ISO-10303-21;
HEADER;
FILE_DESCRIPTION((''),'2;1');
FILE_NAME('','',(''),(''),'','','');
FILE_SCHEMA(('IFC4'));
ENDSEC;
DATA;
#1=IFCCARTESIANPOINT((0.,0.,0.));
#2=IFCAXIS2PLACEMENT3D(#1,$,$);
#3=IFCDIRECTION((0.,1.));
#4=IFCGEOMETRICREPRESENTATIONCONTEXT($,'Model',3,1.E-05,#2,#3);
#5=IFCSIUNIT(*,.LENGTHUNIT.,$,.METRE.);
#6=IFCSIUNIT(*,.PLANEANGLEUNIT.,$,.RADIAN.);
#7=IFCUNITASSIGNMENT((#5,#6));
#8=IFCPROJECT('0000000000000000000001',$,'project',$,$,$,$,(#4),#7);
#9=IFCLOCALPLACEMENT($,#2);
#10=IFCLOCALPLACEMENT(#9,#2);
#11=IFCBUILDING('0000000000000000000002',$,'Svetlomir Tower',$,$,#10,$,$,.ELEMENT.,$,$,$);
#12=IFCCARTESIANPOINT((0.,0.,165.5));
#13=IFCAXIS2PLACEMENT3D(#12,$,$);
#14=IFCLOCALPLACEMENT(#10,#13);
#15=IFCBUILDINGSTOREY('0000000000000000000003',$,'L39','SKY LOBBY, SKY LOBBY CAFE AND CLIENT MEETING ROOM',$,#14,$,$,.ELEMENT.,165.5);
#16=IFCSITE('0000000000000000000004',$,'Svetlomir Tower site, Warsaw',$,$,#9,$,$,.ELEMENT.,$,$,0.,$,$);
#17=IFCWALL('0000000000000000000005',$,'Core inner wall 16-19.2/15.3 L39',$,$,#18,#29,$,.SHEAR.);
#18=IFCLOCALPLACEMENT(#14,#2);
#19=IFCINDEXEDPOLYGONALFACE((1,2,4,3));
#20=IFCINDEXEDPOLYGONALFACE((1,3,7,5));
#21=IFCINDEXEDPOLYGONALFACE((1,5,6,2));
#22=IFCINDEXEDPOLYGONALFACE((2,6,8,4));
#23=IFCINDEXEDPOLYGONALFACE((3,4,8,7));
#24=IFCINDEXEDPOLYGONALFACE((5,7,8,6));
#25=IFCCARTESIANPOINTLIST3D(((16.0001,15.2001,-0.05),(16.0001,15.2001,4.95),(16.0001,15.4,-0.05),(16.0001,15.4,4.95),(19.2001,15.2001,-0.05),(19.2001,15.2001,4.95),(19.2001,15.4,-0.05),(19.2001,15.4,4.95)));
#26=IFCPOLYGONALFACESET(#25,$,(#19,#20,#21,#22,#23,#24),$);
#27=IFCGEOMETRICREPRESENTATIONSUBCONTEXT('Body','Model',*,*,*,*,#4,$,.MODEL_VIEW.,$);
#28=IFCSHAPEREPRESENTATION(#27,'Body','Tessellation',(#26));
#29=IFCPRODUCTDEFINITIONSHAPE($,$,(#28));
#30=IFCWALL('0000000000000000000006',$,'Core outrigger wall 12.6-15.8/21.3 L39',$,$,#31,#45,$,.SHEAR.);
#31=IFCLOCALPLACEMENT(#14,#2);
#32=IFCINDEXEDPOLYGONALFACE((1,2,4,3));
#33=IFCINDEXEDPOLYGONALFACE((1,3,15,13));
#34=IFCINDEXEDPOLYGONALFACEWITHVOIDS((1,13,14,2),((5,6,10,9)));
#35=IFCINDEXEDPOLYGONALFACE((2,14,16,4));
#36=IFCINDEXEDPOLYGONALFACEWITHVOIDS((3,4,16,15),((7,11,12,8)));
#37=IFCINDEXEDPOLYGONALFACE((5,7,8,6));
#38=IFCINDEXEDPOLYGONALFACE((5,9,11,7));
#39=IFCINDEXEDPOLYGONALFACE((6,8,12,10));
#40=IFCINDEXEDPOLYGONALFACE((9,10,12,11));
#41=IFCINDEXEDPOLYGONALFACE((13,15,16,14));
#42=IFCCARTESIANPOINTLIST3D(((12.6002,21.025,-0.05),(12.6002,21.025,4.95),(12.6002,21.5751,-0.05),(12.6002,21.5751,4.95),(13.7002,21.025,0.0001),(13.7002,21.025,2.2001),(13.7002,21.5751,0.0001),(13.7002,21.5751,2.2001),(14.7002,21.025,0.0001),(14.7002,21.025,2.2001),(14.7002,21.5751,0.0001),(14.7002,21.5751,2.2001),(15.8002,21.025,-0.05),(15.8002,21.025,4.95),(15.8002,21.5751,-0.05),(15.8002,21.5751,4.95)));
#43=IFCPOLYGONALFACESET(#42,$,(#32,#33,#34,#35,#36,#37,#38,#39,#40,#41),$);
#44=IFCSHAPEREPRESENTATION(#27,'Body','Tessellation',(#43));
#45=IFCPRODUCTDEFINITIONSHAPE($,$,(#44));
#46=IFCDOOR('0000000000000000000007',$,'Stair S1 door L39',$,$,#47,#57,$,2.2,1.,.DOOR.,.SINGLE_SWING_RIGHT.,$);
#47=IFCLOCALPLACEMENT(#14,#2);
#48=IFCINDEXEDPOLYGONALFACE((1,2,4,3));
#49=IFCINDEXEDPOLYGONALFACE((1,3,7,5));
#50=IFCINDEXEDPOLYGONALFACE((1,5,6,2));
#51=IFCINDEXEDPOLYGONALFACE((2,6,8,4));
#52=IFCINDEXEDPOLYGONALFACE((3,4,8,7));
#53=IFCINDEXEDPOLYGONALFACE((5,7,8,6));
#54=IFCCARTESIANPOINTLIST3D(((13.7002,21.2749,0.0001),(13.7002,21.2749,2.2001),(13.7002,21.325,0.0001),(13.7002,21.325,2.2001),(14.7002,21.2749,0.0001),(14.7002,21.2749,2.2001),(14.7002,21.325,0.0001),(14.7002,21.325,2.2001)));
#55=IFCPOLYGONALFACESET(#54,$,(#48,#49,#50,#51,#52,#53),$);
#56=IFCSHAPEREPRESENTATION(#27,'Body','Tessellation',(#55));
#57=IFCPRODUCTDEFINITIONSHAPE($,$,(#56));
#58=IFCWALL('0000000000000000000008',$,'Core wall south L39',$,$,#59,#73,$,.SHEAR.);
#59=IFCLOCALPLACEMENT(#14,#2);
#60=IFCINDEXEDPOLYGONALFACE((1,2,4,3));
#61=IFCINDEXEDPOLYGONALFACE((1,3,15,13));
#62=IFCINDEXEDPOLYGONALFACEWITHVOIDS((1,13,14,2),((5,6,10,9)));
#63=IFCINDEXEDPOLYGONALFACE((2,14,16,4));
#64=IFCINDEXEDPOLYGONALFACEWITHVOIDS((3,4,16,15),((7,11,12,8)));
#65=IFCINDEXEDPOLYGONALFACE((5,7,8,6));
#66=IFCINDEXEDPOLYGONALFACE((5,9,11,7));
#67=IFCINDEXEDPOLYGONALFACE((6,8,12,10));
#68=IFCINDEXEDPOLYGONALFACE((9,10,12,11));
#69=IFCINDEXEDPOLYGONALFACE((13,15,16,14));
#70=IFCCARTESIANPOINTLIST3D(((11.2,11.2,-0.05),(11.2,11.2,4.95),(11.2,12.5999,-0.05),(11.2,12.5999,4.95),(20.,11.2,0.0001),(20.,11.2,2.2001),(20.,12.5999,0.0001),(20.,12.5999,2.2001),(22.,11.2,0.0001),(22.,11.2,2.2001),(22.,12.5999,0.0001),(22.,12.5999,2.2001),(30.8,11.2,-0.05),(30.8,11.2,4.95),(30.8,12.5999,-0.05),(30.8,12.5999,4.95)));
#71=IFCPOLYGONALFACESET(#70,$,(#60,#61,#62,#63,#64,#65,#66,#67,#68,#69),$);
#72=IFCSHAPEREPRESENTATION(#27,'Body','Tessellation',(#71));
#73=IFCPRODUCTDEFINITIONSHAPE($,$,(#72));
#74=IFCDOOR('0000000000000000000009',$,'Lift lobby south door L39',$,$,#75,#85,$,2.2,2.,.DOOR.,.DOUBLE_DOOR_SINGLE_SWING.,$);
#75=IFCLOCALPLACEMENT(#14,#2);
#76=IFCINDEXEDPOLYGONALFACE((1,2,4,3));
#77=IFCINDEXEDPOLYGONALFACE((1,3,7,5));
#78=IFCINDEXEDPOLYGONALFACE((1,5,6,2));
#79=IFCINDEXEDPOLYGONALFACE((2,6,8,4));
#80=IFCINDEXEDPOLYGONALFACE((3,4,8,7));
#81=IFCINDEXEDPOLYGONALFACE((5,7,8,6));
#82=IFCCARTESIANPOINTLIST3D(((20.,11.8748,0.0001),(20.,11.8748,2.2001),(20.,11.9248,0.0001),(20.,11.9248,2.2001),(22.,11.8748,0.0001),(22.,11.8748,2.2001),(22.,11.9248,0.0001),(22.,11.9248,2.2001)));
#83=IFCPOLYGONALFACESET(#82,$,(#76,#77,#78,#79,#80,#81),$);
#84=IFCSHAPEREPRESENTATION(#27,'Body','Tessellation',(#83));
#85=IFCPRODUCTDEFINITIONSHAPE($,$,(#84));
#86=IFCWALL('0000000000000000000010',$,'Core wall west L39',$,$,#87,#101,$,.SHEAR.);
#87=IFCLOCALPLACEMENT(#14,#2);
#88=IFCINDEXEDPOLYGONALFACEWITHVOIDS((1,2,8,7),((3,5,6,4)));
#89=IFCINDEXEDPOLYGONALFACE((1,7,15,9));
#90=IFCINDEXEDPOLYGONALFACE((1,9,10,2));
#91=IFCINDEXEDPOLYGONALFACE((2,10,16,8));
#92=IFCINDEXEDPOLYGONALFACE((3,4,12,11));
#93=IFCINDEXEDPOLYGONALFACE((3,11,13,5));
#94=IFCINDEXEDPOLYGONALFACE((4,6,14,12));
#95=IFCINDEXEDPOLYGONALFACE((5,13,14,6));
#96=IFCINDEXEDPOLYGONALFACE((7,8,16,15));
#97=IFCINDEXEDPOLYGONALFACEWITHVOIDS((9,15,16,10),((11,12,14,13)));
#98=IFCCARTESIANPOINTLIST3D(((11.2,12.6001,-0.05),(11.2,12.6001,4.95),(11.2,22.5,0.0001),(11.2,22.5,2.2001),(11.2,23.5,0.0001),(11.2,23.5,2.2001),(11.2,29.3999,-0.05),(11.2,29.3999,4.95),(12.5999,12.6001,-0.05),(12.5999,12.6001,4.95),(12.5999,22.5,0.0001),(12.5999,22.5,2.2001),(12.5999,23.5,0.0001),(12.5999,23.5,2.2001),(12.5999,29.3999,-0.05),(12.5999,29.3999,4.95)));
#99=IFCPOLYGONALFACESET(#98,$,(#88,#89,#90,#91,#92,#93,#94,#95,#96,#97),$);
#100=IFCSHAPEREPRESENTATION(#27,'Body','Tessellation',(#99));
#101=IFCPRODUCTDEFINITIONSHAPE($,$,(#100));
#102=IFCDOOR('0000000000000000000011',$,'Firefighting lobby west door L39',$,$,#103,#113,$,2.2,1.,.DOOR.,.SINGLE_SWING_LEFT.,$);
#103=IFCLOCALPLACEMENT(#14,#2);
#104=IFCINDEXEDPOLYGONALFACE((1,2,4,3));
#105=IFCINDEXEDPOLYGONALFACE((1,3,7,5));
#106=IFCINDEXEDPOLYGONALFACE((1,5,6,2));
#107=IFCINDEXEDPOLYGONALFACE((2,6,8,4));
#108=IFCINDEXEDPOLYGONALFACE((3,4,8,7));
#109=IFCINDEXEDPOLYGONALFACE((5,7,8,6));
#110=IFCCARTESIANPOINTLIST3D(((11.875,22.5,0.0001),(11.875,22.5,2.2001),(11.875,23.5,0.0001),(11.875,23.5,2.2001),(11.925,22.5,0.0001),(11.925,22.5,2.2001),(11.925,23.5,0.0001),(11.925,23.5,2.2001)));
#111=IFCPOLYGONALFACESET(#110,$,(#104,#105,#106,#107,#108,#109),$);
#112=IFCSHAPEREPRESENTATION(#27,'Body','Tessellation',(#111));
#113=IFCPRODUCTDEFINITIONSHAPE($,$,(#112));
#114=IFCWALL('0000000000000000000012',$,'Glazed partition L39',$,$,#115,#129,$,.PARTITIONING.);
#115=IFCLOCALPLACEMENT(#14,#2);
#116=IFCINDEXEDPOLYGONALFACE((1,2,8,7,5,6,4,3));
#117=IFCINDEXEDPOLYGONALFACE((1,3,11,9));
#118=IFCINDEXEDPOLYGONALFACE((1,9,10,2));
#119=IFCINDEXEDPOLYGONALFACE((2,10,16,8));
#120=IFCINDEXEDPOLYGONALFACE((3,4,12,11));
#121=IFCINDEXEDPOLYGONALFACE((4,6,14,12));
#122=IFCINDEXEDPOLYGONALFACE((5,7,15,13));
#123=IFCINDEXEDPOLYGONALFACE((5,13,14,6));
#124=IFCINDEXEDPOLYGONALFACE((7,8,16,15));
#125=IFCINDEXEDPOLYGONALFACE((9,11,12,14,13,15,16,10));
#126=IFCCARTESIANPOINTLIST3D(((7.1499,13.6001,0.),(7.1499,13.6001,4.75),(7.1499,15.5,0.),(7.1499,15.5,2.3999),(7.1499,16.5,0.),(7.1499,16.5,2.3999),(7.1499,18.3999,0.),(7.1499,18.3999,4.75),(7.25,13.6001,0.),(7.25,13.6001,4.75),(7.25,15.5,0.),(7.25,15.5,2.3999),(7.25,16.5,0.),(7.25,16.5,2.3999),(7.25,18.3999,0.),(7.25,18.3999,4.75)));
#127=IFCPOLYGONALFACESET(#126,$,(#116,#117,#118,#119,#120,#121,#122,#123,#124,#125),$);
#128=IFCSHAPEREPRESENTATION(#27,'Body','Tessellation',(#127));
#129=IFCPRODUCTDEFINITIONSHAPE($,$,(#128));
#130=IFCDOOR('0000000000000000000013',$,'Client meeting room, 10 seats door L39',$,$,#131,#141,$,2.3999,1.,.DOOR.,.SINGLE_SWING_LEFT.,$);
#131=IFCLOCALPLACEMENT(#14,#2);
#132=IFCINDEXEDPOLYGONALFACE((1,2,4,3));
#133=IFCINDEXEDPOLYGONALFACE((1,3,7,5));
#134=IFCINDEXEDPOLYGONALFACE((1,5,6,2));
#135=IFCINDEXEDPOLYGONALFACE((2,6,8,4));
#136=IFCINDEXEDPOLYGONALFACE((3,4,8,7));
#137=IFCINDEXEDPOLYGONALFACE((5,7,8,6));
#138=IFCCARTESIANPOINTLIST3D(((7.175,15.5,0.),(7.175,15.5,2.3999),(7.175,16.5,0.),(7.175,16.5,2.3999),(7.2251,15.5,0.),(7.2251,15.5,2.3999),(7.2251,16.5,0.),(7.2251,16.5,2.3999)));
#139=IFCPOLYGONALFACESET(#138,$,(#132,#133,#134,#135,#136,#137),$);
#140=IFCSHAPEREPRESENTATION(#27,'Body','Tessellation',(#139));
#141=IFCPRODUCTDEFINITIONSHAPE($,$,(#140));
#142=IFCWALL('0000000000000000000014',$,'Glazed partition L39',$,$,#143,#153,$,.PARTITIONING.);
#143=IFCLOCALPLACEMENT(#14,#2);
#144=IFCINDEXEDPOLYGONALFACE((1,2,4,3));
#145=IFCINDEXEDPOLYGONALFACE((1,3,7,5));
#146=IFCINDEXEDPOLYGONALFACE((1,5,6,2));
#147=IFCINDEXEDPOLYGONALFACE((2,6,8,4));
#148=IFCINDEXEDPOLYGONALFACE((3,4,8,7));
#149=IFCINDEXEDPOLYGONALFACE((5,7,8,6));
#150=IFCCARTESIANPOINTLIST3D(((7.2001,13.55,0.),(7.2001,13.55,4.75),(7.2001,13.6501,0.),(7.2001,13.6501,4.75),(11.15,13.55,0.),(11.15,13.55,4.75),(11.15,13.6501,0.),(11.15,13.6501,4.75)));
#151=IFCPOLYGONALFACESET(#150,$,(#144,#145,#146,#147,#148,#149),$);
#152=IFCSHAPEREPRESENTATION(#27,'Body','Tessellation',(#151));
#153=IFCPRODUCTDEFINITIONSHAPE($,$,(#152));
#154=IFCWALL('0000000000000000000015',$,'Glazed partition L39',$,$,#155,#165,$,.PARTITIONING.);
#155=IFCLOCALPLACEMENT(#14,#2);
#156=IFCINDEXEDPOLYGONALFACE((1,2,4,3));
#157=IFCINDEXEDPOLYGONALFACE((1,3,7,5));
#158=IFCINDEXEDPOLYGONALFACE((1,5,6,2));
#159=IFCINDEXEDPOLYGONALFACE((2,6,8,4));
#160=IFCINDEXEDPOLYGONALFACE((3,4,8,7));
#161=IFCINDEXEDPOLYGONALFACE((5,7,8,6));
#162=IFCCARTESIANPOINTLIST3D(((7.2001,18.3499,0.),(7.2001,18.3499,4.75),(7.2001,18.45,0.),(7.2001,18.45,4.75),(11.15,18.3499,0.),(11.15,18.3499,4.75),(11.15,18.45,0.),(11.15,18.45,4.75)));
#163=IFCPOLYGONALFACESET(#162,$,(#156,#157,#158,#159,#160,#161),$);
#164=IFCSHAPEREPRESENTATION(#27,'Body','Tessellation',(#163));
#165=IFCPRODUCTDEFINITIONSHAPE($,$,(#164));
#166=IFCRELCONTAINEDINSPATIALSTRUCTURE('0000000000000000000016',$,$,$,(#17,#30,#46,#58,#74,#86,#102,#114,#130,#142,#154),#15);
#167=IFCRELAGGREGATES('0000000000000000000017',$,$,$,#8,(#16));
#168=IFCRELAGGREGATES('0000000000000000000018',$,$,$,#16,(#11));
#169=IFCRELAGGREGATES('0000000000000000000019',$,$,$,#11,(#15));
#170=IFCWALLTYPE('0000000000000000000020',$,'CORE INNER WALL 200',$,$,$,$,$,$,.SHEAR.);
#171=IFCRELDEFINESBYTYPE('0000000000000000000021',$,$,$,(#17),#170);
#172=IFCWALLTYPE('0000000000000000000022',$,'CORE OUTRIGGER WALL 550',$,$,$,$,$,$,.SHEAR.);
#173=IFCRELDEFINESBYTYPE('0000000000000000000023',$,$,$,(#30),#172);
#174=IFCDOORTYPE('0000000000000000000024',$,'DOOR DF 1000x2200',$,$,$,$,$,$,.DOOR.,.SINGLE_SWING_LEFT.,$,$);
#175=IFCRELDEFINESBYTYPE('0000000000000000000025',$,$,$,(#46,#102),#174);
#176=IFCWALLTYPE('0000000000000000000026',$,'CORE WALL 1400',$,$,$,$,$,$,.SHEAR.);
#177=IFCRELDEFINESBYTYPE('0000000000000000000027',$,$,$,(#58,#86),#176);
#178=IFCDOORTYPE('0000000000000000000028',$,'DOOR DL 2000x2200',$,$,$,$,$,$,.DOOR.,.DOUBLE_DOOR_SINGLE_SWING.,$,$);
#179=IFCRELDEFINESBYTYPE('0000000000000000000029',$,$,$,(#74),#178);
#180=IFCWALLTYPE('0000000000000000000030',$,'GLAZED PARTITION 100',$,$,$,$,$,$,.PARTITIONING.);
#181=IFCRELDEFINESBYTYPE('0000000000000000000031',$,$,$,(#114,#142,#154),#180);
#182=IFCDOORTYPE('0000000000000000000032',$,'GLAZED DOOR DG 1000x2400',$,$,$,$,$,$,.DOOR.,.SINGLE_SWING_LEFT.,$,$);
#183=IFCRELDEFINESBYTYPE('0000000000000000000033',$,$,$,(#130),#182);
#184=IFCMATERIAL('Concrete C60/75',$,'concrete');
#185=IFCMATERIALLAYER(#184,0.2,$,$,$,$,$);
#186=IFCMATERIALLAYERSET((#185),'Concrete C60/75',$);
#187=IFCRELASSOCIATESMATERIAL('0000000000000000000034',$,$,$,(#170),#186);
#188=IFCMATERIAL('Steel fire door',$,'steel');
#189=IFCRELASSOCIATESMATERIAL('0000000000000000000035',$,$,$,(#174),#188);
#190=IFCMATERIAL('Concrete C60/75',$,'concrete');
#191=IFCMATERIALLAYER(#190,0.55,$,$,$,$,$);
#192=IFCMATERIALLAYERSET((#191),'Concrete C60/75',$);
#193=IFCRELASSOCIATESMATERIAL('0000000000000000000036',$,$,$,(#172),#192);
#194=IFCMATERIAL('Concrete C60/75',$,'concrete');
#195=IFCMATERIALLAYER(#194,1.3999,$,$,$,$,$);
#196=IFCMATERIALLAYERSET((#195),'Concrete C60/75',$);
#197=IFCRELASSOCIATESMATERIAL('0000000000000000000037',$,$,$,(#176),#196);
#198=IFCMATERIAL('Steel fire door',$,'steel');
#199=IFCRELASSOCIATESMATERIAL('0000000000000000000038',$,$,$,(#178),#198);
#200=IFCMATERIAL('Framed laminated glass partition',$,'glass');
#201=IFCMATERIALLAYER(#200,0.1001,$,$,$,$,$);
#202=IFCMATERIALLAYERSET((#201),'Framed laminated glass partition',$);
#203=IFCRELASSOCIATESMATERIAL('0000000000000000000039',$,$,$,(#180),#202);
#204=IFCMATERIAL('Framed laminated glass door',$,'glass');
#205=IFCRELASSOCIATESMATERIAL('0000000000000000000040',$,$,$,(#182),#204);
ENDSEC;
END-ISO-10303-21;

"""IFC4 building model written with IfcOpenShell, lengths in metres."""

from ifc_helpers import new_model, si_unit, direction, frame, frame_2d, origin, place, context, subcontext, project, spatial, rectangle, extrude, material, layer, layer_set, type_object, element, fill, save


model = new_model("IFC4")

# Units and contexts
model_context = context("Model", 3, precision=1e-05, world=origin(), true_north=direction((0.0, 1.0)))
body_context = subcontext(model_context, "Body", "Model", "MODEL_VIEW")
ifc_project = project(units=[si_unit("LENGTHUNIT", "METRE"), si_unit("PLANEANGLEUNIT", "RADIAN")], contexts=[model_context])

# Site, building, storey
site_placement = place(None, origin())
site = spatial("IfcSite", under=ifc_project, at=site_placement, Name="Svetlomir Tower site, Warsaw", CompositionType="ELEMENT", RefElevation=0.0)
building_placement = place(site_placement, origin())
building = spatial("IfcBuilding", under=site, at=building_placement, Name="Svetlomir Tower", CompositionType="ELEMENT")
storey_placement = place(building_placement, frame((0.0, 0.0, 165.5)))
storey = spatial("IfcBuildingStorey", under=building, at=storey_placement, Name="L39", Description="SKY LOBBY, SKY LOBBY CAFE AND CLIENT MEETING ROOM", CompositionType="ELEMENT", Elevation=165.5)

# Shared definitions
ifc_material_1 = material(Name="Concrete C60/75", Category="concrete")
ifc_layer_1 = layer(ifc_material_1, 0.2)
ifc_layer_set_1 = layer_set([ifc_layer_1], Name="Concrete C60/75")
wall_type_1 = type_object("IfcWallType", Name="CORE INNER WALL 200", PredefinedType="SHEAR", material=ifc_layer_set_1)
ifc_material_2 = material(Name="Steel fire door", Category="steel")
door_type_1 = type_object("IfcDoorType", Name="DOOR DF 1000x2200", OperationType="SINGLE_SWING_LEFT", PredefinedType="DOOR", material=ifc_material_2)

# Wall
wall_1_placement = place(storey_placement, frame((16.0, 15.3, -0.05), z_axis=(0.0, 0.0, 1.0), x_axis=(1.0, 0.0, 0.0)))
element("IfcWall", 1, at=wall_1_placement, inside=storey, type_object=wall_type_1, Name="Core inner wall 16-19.2/15.3 L39", PredefinedType="SHEAR", context=body_context, shape_type="SweptSolid", body=[
    extrude(rectangle(XDim=3.2, YDim=0.2, at=frame_2d((1.6001, 0.0))), origin(), (0.0, 0.0, 1.0), 5.0),
])

# Walls, openings, doors
ifc_material_3 = material(Name="Concrete C60/75", Category="concrete")
ifc_layer_2 = layer(ifc_material_3, 0.55)
ifc_layer_set_2 = layer_set([ifc_layer_2], Name="Concrete C60/75")
wall_type_2 = type_object("IfcWallType", Name="CORE OUTRIGGER WALL 550", PredefinedType="SHEAR", material=ifc_layer_set_2)
wall_2_placement = place(storey_placement, frame((12.6001, 21.3, -0.05), z_axis=(0.0, 0.0, 1.0), x_axis=(1.0, 0.0, 0.0)))
wall_2 = element("IfcWall", 2, at=wall_2_placement, inside=storey, type_object=wall_type_2, Name="Core outrigger wall 12.6-15.8/21.3 L39", PredefinedType="SHEAR", context=body_context, shape_type="SweptSolid", body=[
    extrude(rectangle(XDim=3.2, YDim=0.55, at=frame_2d((1.6001, 0.0))), origin(), (0.0, 0.0, 1.0), 5.0),
])
opening_1_placement = place(wall_2_placement, frame((1.1001, 0.0, 0.05)))
opening_1 = element("IfcOpeningElement", 3, at=opening_1_placement, cuts=wall_2, PredefinedType="OPENING", context=body_context, shape_type="SweptSolid", body=[
    extrude(rectangle(XDim=1.0, YDim=2.2, at=frame_2d((0.5, 1.1001))), frame((0.0, 0.2852, 0.0), z_axis=(0.0, -1.0, 0.0), x_axis=(1.0, 0.0, 0.0)), (0.0, 0.0, 1.0), 0.5701),
])
door_1_placement = place(opening_1_placement, origin())
door_1 = element("IfcDoor", 4, at=door_1_placement, inside=storey, type_object=door_type_1, Name="Stair S1 door L39", OperationType="SINGLE_SWING_RIGHT", OverallHeight=2.2, OverallWidth=1.0, PredefinedType="DOOR", context=body_context, shape_type="SweptSolid", body=[
    extrude(rectangle(XDim=1.0, YDim=2.2, at=frame_2d((0.5, 1.1001))), frame((0.0, 0.0249, 0.0), z_axis=(0.0, -1.0, 0.0), x_axis=(1.0, 0.0, 0.0)), (0.0, 0.0, 1.0), 0.05),
])
fill(opening_1, door_1)
ifc_material_4 = material(Name="Concrete C60/75", Category="concrete")
ifc_layer_3 = layer(ifc_material_4, 1.3999)
ifc_layer_set_3 = layer_set([ifc_layer_3], Name="Concrete C60/75")
wall_type_3 = type_object("IfcWallType", Name="CORE WALL 1400", PredefinedType="SHEAR", material=ifc_layer_set_3)
wall_3_placement = place(storey_placement, frame((11.2, 11.8999, -0.05), z_axis=(0.0, 0.0, 1.0), x_axis=(1.0, 0.0, 0.0)))
wall_3 = element("IfcWall", 5, at=wall_3_placement, inside=storey, type_object=wall_type_3, Name="Core wall south L39", PredefinedType="SHEAR", context=body_context, shape_type="SweptSolid", body=[
    extrude(rectangle(XDim=19.6001, YDim=1.3999, at=frame_2d((9.8, 0.0))), origin(), (0.0, 0.0, 1.0), 5.0),
])
opening_2_placement = place(wall_3_placement, frame((8.8, 0.0, 0.05)))
opening_2 = element("IfcOpeningElement", 6, at=opening_2_placement, cuts=wall_3, PredefinedType="OPENING", context=body_context, shape_type="SweptSolid", body=[
    extrude(rectangle(XDim=2.0, YDim=2.2, at=frame_2d((1.0, 1.1001))), frame((0.0, 0.71, 0.0), z_axis=(0.0, -1.0, 0.0), x_axis=(1.0, 0.0, 0.0)), (0.0, 0.0, 1.0), 1.4199),
])
ifc_material_5 = material(Name="Steel fire door", Category="steel")
door_type_2 = type_object("IfcDoorType", Name="DOOR DL 2000x2200", OperationType="DOUBLE_DOOR_SINGLE_SWING", PredefinedType="DOOR", material=ifc_material_5)
door_2_placement = place(opening_2_placement, origin())
door_2 = element("IfcDoor", 7, at=door_2_placement, inside=storey, type_object=door_type_2, Name="Lift lobby south door L39", OperationType="DOUBLE_DOOR_SINGLE_SWING", OverallHeight=2.2, OverallWidth=2.0, PredefinedType="DOOR", context=body_context, shape_type="SweptSolid", body=[
    extrude(rectangle(XDim=2.0, YDim=2.2, at=frame_2d((1.0, 1.1001))), frame((0.0, 0.0249, 0.0), z_axis=(0.0, -1.0, 0.0), x_axis=(1.0, 0.0, 0.0)), (0.0, 0.0, 1.0), 0.05),
])
fill(opening_2, door_2)
wall_4_placement = place(storey_placement, frame((11.8999, 12.6001, -0.05), z_axis=(0.0, 0.0, 1.0), x_axis=(0.0, 1.0, 0.0)))
wall_4 = element("IfcWall", 8, at=wall_4_placement, inside=storey, type_object=wall_type_3, Name="Core wall west L39", PredefinedType="SHEAR", context=body_context, shape_type="SweptSolid", body=[
    extrude(rectangle(XDim=16.7998, YDim=1.3999, at=frame_2d((8.3999, 0.0))), origin(), (0.0, 0.0, 1.0), 5.0),
])
opening_3_placement = place(wall_4_placement, frame((9.8999, 0.0, 0.05)))
opening_3 = element("IfcOpeningElement", 9, at=opening_3_placement, cuts=wall_4, PredefinedType="OPENING", context=body_context, shape_type="SweptSolid", body=[
    extrude(rectangle(XDim=1.0, YDim=2.2, at=frame_2d((0.5, 1.1001))), frame((0.0, 0.71, 0.0), z_axis=(0.0, -1.0, 0.0), x_axis=(1.0, 0.0, 0.0)), (0.0, 0.0, 1.0), 1.4199),
])
door_3_placement = place(opening_3_placement, origin())
door_3 = element("IfcDoor", 10, at=door_3_placement, inside=storey, type_object=door_type_1, Name="Firefighting lobby west door L39", OperationType="SINGLE_SWING_LEFT", OverallHeight=2.2, OverallWidth=1.0, PredefinedType="DOOR", context=body_context, shape_type="SweptSolid", body=[
    extrude(rectangle(XDim=1.0, YDim=2.2, at=frame_2d((0.5, 1.1001))), frame((0.0, 0.0249, 0.0), z_axis=(0.0, -1.0, 0.0), x_axis=(1.0, 0.0, 0.0)), (0.0, 0.0, 1.0), 0.05),
])
fill(opening_3, door_3)
ifc_material_6 = material(Name="Framed laminated glass partition", Category="glass")
ifc_layer_4 = layer(ifc_material_6, 0.1001)
ifc_layer_set_4 = layer_set([ifc_layer_4], Name="Framed laminated glass partition")
wall_type_4 = type_object("IfcWallType", Name="GLAZED PARTITION 100", PredefinedType="PARTITIONING", material=ifc_layer_set_4)
wall_5_placement = place(storey_placement, frame((7.2, 13.6001, 0.0), z_axis=(0.0, 0.0, 1.0), x_axis=(0.0, 1.0, 0.0)))
wall_5 = element("IfcWall", 11, at=wall_5_placement, inside=storey, type_object=wall_type_4, Name="Glazed partition L39", PredefinedType="PARTITIONING", context=body_context, shape_type="SweptSolid", body=[
    extrude(rectangle(XDim=4.7998, YDim=0.1001, at=frame_2d((2.3999, 0.0))), origin(), (0.0, 0.0, 1.0), 4.75),
])
opening_4_placement = place(wall_5_placement, frame((1.8999, 0.0, 0.0)))
opening_4 = element("IfcOpeningElement", 12, at=opening_4_placement, cuts=wall_5, PredefinedType="OPENING", context=body_context, shape_type="SweptSolid", body=[
    extrude(rectangle(XDim=1.0, YDim=2.3999, at=frame_2d((0.5, 1.2))), frame((0.0, 0.0601, 0.0), z_axis=(0.0, -1.0, 0.0), x_axis=(1.0, 0.0, 0.0)), (0.0, 0.0, 1.0), 0.1201),
])
ifc_material_7 = material(Name="Framed laminated glass door", Category="glass")
door_type_3 = type_object("IfcDoorType", Name="GLAZED DOOR DG 1000x2400", OperationType="SINGLE_SWING_LEFT", PredefinedType="DOOR", material=ifc_material_7)
door_4_placement = place(opening_4_placement, origin())
door_4 = element("IfcDoor", 13, at=door_4_placement, inside=storey, type_object=door_type_3, Name="Client meeting room, 10 seats door L39", OperationType="SINGLE_SWING_LEFT", OverallHeight=2.3999, OverallWidth=1.0, PredefinedType="DOOR", context=body_context, shape_type="SweptSolid", body=[
    extrude(rectangle(XDim=1.0, YDim=2.3999, at=frame_2d((0.5, 1.2))), frame((0.0, 0.0249, 0.0), z_axis=(0.0, -1.0, 0.0), x_axis=(1.0, 0.0, 0.0)), (0.0, 0.0, 1.0), 0.05),
])
fill(opening_4, door_4)

# Walls
for number, where, z_axis, x_axis, name in (
    (14, (7.2, 13.6001, 0.0), (0.0, 0.0, 1.0), (1.0, 0.0, 0.0), "Glazed partition L39"),
    (15, (7.2, 18.3999, 0.0), (0.0, 0.0, 1.0), (1.0, 0.0, 0.0), "Glazed partition L39"),
):
    element("IfcWall", number, at=place(storey_placement, frame(where, z_axis=z_axis, x_axis=x_axis)), inside=storey, type_object=wall_type_4, Name=name, PredefinedType="PARTITIONING", context=body_context, shape_type="SweptSolid", body=[
        extrude(rectangle(XDim=3.95, YDim=0.1001, at=frame_2d((1.9751, 0.0))), origin(), (0.0, 0.0, 1.0), 4.75),
    ])

save(model, "model.ifc")
